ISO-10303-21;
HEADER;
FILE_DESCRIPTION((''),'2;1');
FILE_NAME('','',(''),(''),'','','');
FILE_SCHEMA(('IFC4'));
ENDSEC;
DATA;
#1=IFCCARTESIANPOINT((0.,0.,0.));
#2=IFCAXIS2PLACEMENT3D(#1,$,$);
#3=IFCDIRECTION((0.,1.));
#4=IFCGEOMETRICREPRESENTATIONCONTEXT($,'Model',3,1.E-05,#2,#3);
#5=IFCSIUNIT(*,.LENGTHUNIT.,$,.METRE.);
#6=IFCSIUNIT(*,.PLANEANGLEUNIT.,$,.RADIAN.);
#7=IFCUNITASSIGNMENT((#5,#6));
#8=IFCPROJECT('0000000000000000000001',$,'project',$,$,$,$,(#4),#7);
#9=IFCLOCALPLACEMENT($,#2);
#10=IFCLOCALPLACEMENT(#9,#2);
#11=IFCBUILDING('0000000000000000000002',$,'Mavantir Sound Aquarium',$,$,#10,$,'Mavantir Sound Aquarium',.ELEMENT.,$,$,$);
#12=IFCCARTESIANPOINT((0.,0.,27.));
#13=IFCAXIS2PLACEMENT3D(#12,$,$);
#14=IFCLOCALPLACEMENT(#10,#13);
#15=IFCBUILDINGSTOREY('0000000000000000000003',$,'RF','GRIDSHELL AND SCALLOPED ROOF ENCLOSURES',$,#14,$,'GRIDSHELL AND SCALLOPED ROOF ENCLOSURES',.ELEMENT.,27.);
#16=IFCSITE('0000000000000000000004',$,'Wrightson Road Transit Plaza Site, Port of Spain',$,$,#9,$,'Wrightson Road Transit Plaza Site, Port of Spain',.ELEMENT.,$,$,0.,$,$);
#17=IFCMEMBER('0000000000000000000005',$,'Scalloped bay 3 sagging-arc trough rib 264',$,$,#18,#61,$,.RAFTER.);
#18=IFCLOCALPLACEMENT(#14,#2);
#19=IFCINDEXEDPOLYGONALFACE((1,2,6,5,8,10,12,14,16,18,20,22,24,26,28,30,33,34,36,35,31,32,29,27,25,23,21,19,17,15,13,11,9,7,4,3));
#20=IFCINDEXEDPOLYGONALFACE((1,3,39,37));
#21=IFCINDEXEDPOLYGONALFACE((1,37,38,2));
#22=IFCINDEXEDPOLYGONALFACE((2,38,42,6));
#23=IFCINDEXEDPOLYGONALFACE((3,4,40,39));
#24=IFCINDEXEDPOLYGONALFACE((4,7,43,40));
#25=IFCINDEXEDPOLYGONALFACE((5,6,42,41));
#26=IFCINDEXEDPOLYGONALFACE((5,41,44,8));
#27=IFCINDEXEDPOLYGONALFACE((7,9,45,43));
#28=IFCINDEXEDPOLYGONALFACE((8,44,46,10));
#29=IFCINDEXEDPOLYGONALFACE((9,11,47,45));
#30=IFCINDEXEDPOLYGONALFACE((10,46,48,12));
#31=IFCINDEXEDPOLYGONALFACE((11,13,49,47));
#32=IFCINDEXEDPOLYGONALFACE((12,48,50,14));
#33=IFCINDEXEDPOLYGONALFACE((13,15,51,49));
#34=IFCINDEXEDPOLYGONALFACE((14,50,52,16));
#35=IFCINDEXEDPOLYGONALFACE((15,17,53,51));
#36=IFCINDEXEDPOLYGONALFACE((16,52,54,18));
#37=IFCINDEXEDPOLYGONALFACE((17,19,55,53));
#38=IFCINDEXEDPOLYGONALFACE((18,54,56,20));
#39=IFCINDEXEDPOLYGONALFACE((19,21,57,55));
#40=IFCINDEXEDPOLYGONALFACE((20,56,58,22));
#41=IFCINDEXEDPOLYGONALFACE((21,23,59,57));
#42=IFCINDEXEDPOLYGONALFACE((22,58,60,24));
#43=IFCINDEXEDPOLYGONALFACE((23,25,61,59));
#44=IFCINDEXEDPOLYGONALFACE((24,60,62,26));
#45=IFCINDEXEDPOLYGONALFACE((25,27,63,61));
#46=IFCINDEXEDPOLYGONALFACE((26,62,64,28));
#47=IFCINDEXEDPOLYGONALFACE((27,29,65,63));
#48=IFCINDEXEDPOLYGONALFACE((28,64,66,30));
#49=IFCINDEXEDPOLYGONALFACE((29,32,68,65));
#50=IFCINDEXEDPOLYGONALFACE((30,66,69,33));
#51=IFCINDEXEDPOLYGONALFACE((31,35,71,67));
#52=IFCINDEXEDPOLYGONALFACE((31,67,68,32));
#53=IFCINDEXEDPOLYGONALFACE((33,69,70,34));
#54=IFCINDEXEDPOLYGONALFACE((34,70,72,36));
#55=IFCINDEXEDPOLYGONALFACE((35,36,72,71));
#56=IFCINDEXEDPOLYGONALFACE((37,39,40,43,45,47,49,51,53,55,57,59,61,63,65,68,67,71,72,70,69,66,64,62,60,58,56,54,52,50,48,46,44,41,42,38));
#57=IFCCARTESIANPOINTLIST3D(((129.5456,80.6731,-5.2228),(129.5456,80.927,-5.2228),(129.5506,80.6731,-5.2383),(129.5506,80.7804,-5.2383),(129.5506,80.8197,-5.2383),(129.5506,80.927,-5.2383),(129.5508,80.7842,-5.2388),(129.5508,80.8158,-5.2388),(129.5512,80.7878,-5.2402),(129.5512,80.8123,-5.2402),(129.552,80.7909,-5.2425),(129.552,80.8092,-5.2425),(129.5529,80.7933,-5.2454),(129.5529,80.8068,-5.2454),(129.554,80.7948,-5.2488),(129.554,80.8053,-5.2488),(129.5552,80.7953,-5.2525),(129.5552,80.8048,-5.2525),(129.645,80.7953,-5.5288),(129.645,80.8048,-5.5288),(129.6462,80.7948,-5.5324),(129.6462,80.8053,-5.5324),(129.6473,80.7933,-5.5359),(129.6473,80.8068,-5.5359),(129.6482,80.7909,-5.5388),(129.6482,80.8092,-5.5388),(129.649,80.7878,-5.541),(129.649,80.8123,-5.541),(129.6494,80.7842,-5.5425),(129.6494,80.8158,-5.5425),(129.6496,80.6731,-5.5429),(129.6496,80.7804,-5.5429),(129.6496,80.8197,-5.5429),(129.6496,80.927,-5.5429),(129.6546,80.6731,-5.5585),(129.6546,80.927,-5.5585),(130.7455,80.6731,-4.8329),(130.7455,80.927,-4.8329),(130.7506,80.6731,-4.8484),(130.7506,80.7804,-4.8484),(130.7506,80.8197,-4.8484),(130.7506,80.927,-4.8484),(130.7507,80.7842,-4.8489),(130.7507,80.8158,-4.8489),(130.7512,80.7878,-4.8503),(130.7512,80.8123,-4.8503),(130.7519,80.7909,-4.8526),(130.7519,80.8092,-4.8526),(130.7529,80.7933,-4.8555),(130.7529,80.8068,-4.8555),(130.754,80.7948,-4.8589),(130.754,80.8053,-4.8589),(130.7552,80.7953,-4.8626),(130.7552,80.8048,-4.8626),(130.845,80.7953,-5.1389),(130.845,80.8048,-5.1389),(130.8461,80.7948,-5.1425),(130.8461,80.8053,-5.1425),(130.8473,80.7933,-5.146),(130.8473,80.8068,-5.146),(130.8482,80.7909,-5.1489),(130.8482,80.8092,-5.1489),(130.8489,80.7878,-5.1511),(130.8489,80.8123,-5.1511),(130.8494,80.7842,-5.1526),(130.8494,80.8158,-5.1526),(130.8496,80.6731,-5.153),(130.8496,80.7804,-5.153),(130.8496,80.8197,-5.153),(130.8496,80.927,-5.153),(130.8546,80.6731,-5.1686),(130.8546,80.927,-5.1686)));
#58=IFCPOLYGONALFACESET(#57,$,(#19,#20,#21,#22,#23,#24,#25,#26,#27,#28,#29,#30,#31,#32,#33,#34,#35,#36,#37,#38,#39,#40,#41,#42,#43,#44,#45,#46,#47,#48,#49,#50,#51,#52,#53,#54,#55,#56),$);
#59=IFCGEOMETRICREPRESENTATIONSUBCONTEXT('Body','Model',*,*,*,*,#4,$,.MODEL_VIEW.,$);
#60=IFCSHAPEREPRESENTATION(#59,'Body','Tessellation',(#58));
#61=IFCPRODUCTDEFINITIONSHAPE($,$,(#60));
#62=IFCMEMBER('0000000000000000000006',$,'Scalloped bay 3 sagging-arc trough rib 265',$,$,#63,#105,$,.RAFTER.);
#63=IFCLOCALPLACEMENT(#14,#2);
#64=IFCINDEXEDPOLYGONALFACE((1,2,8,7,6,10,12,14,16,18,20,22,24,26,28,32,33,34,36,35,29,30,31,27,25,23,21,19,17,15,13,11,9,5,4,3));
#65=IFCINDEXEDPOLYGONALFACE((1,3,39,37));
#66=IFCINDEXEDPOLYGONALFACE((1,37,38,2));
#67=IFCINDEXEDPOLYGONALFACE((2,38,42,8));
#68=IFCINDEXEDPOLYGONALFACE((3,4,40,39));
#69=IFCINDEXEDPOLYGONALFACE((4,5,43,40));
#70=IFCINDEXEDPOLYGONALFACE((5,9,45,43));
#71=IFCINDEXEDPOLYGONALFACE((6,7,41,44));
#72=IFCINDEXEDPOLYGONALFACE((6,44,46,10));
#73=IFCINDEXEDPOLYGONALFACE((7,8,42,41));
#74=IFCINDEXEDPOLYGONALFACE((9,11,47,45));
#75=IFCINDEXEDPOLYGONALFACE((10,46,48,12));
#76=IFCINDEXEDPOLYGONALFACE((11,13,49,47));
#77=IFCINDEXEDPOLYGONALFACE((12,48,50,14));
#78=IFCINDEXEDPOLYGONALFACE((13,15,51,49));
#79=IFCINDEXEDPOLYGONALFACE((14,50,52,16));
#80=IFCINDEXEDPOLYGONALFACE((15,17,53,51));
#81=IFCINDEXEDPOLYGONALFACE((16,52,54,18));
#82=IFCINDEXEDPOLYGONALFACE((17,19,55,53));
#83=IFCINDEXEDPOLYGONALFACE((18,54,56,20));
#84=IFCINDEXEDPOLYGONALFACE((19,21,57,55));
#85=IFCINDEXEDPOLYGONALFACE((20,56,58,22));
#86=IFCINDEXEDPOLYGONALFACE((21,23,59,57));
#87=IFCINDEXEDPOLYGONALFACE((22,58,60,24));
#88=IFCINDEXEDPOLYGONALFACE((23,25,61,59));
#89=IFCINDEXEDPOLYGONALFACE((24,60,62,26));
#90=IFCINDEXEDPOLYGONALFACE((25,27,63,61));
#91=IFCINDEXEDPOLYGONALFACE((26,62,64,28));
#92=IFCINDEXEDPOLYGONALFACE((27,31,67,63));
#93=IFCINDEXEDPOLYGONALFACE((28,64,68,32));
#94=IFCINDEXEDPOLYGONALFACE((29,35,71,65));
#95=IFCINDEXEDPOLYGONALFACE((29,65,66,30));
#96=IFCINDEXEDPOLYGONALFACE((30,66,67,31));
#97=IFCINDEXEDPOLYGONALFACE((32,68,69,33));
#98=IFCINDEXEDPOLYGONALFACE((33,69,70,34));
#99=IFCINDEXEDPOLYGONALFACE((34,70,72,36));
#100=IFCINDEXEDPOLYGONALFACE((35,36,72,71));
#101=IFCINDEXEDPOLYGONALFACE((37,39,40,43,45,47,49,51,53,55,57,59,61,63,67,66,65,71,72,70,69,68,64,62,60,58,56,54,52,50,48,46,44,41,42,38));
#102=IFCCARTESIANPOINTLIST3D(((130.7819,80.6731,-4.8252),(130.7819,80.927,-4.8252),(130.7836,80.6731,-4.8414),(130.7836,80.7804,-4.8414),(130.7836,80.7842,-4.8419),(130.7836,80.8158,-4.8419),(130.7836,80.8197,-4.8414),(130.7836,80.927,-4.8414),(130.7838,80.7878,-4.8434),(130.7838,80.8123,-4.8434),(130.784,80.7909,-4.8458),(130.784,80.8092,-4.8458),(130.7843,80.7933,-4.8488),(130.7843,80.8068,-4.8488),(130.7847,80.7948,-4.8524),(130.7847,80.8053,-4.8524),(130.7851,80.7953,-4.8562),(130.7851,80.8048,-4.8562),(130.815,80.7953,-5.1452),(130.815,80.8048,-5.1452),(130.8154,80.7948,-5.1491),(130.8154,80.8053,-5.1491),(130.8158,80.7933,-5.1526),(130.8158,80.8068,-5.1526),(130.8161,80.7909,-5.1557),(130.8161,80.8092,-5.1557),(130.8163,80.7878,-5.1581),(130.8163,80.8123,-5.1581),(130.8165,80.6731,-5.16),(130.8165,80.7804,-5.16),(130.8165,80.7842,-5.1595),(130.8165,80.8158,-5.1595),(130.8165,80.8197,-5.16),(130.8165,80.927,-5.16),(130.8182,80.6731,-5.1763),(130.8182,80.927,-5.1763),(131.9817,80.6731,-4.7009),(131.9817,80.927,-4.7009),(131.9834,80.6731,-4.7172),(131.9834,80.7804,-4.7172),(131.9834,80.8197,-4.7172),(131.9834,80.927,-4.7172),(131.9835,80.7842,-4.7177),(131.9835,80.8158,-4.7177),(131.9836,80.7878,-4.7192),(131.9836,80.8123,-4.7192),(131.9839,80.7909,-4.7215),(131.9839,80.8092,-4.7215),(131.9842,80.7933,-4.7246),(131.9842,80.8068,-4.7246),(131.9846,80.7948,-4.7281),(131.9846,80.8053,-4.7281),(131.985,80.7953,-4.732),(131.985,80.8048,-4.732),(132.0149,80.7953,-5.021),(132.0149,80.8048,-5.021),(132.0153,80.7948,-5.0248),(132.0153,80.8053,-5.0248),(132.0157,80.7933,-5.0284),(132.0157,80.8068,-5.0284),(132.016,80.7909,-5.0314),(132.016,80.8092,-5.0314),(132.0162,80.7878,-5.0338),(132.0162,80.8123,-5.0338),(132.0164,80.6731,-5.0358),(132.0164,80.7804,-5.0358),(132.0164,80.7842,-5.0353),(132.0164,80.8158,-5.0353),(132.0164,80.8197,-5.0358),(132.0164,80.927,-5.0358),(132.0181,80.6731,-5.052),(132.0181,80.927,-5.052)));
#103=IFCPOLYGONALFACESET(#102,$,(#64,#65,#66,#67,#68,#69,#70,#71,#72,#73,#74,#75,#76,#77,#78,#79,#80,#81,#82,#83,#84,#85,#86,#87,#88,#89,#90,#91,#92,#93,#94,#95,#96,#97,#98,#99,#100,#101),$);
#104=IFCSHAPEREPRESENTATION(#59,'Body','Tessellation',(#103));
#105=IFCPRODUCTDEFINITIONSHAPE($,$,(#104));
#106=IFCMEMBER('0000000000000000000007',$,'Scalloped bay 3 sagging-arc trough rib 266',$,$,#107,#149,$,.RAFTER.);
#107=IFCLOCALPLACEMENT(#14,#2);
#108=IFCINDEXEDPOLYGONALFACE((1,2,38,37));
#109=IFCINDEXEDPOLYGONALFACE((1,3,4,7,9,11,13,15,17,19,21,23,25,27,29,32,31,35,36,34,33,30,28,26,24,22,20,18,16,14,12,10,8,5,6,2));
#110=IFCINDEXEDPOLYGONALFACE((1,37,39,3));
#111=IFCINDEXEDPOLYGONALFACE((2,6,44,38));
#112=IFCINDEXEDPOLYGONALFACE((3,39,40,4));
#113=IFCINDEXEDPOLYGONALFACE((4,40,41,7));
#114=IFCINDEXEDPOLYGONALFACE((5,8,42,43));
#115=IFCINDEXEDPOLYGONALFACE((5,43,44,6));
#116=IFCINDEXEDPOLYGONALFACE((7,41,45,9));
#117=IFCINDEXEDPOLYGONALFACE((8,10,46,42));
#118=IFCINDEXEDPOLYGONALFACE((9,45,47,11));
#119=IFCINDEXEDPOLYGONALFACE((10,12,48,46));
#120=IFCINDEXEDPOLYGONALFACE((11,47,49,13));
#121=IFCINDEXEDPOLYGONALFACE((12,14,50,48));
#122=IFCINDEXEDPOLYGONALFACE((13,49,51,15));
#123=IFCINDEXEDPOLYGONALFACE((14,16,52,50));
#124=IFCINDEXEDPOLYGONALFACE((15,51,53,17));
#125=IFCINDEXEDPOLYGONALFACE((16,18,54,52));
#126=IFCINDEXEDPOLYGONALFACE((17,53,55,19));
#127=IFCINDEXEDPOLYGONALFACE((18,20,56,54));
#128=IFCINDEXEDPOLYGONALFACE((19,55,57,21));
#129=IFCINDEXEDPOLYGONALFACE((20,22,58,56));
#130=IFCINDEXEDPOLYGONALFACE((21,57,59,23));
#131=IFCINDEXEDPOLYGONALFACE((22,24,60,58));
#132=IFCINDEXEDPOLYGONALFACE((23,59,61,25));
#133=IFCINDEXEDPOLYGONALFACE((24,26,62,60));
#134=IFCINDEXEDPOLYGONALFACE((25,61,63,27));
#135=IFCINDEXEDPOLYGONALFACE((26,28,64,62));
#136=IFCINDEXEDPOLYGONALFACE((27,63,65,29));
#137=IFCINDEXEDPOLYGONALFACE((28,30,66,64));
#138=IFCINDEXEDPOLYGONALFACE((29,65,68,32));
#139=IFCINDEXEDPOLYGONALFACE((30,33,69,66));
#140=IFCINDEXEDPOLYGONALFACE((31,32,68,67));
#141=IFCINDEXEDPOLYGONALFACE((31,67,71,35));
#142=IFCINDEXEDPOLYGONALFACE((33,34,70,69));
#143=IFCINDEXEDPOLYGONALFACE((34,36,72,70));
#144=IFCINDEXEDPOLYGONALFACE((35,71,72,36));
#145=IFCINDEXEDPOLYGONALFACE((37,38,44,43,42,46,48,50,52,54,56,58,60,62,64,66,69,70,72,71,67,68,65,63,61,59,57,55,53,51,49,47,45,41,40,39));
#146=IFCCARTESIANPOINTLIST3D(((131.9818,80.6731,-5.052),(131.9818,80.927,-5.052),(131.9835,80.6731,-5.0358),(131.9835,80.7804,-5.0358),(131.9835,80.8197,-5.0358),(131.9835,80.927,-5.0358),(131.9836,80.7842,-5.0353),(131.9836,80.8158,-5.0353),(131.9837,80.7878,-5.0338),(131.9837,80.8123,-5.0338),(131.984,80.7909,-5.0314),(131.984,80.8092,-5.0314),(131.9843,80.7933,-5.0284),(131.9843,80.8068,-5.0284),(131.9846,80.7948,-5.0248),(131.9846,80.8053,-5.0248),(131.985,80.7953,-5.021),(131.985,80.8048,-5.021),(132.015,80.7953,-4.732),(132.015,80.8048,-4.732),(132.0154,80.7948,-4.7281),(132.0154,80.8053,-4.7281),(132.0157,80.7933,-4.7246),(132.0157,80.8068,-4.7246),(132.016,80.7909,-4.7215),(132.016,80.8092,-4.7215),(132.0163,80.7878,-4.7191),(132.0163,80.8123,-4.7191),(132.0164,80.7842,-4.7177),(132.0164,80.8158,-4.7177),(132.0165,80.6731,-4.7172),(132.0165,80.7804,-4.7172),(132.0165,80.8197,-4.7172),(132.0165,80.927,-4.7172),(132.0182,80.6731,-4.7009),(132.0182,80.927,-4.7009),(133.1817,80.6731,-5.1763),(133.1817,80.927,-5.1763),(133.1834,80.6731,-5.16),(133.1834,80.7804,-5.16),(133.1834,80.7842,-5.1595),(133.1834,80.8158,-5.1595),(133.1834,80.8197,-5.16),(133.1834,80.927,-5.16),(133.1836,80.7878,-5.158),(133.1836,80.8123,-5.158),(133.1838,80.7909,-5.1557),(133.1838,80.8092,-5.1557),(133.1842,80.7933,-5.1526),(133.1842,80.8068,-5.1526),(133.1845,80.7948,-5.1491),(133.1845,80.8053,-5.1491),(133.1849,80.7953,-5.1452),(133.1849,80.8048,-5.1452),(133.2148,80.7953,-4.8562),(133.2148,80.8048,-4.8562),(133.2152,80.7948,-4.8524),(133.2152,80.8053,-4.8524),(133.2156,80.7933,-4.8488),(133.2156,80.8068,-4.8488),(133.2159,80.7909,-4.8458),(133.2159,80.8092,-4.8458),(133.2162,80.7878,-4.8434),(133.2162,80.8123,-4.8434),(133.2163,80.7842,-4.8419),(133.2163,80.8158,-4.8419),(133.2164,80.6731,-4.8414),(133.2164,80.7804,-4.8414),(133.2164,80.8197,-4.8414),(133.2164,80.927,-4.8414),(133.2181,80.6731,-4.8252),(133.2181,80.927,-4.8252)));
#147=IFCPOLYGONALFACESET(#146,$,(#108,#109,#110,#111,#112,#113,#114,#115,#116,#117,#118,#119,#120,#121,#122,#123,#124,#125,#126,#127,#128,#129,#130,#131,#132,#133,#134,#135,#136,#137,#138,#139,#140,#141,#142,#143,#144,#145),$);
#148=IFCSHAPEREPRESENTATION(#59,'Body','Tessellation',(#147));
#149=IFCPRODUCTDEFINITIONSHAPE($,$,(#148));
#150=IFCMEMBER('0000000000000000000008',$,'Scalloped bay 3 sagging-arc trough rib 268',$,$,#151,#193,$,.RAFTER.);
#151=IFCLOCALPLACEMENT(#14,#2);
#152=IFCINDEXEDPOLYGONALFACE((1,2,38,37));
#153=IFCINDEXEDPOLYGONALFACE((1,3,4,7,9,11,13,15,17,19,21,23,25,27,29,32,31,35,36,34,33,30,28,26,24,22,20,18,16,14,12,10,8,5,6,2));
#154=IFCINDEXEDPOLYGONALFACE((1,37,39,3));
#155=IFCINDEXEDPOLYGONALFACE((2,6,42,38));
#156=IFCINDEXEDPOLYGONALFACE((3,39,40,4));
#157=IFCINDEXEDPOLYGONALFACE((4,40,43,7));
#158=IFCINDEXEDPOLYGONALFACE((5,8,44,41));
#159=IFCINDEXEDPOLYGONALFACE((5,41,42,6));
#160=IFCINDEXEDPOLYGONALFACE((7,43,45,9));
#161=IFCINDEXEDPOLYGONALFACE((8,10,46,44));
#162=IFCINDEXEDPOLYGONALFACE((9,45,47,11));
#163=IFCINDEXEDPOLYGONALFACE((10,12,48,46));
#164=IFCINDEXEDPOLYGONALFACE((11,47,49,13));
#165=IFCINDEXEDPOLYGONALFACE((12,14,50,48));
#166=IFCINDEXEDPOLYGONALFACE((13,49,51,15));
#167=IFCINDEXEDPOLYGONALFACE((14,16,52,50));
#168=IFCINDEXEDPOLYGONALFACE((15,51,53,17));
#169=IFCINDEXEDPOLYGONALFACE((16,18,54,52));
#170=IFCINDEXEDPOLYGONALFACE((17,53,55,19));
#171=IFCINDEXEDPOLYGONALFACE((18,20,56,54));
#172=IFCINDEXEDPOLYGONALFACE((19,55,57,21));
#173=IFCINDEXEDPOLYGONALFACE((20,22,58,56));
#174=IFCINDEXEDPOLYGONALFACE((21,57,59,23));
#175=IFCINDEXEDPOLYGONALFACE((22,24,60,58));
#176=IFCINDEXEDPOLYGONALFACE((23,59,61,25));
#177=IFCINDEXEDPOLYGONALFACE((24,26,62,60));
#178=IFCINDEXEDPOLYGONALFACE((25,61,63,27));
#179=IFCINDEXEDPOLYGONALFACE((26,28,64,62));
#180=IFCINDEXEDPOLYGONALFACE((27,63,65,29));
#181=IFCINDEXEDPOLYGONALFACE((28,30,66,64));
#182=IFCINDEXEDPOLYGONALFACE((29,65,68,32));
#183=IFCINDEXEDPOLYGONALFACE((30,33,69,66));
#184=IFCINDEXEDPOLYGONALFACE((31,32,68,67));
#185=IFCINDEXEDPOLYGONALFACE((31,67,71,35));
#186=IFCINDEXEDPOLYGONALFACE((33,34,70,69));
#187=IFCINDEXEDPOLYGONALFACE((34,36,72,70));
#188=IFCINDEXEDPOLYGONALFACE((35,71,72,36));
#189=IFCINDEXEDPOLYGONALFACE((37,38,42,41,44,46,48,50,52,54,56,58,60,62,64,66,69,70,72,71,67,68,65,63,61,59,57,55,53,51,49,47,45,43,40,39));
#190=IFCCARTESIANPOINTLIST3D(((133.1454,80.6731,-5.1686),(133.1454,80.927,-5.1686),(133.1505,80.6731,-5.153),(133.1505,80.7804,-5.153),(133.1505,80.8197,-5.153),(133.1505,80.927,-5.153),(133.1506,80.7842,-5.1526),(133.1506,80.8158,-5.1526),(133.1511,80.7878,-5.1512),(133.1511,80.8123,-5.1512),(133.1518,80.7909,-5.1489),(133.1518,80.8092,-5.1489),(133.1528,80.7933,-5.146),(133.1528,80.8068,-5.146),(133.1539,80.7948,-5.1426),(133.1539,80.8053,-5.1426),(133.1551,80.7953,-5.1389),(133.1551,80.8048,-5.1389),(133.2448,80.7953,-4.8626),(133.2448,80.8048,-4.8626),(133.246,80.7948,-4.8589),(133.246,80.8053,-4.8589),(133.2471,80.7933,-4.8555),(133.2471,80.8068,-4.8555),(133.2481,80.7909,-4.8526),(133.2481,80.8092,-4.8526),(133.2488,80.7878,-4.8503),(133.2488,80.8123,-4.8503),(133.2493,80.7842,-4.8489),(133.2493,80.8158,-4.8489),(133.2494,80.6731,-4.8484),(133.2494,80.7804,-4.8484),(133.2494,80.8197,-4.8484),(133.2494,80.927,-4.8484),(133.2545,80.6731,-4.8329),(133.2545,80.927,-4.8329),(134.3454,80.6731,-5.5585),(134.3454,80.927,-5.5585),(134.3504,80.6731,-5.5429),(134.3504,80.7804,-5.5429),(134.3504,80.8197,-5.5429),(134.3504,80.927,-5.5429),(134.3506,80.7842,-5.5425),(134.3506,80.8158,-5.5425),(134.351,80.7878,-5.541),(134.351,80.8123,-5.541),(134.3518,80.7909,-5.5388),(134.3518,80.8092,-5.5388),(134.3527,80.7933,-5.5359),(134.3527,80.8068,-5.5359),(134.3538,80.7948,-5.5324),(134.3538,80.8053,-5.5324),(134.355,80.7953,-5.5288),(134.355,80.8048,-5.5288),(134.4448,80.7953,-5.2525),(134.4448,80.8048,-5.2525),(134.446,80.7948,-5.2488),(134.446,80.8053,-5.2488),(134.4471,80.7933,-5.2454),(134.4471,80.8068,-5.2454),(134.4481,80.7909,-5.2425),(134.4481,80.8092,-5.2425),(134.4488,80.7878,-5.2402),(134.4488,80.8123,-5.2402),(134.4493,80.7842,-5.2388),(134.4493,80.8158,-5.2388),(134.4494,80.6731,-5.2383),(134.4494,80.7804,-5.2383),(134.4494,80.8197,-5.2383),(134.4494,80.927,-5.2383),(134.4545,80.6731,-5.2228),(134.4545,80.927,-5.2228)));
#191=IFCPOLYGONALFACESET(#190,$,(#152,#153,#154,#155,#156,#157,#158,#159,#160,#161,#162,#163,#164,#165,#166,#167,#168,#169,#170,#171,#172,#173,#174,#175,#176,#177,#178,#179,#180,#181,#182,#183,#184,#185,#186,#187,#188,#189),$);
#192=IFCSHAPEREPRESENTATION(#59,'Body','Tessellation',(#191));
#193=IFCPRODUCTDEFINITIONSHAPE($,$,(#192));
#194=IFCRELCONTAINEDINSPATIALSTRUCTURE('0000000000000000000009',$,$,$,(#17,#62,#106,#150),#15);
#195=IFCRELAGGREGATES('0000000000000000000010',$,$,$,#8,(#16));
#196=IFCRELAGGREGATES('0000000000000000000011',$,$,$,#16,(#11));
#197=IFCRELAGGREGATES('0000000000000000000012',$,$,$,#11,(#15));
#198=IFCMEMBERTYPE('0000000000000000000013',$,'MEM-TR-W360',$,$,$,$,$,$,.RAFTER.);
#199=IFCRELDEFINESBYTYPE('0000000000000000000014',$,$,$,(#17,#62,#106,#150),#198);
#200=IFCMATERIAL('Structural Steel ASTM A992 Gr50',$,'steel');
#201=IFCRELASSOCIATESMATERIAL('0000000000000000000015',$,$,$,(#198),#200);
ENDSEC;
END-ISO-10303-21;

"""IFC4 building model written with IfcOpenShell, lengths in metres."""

from ifc_helpers import new_model, si_unit, direction, frame, origin, origin_2d, place, context, subcontext, project, spatial, i_section, extrude, material, material_profile, profile_set, type_object, element, save


model = new_model("IFC4")

# Units and contexts
model_context = context("Model", 3, precision=1e-05, world=origin(), true_north=direction((0.0, 1.0)))
body_context = subcontext(model_context, "Body", "Model", "MODEL_VIEW")
ifc_project = project(units=[si_unit("LENGTHUNIT", "METRE"), si_unit("PLANEANGLEUNIT", "RADIAN")], contexts=[model_context])

# Site, building, storey
site_placement = place(None, origin())
site = spatial("IfcSite", under=ifc_project, at=site_placement, Name="Wrightson Road Transit Plaza Site, Port of Spain", LongName="Wrightson Road Transit Plaza Site, Port of Spain", CompositionType="ELEMENT", RefElevation=0.0)
building_placement = place(site_placement, origin())
building = spatial("IfcBuilding", under=site, at=building_placement, Name="Mavantir Sound Aquarium", LongName="Mavantir Sound Aquarium", CompositionType="ELEMENT")
storey_placement = place(building_placement, frame((0.0, 0.0, 27.0)))
storey = spatial("IfcBuildingStorey", under=building, at=storey_placement, Name="RF", Description="GRIDSHELL AND SCALLOPED ROOF ENCLOSURES", LongName="GRIDSHELL AND SCALLOPED ROOF ENCLOSURES", CompositionType="ELEMENT", Elevation=27.0)

# Shared definitions
ifc_material_1 = material(Name="Structural Steel ASTM A992 Gr50", Category="steel")

# Members
ifc_material_profile_1 = material_profile(ifc_material_1, i_section(OverallWidth=0.2539, OverallDepth=0.353, WebThickness=0.0095, FlangeThickness=0.0164, FilletRadius=0.0149, at=origin_2d()), Name="W360X91")
ifc_profile_set_1 = profile_set([ifc_material_profile_1], Name="Structural Steel ASTM A992 Gr50")
member_type_1 = type_object("IfcMemberType", Name="MEM-TR-W360", PredefinedType="RAFTER", material=ifc_profile_set_1)
member_1_placement = place(storey_placement, frame((129.6001, 80.8, -5.3906), z_axis=(0.951055, 0.0, 0.30902), x_axis=(0.0, 1.0, 0.0)))
element("IfcMember", 1, at=member_1_placement, inside=storey, type_object=member_type_1, Name="Scalloped bay 3 sagging-arc trough rib 264", PredefinedType="RAFTER", context=body_context, shape_type="SweptSolid", body=[
    extrude(i_section(OverallWidth=0.2539, OverallDepth=0.353, WebThickness=0.0095, FlangeThickness=0.0164, FilletRadius=0.0149, at=origin_2d()), origin(), (0.0, 0.0, 1.0), 1.2617),
])
for number, where, z_axis, x_axis, name in (
    (2, (130.8, 80.8, -5.0007), (0.99468, 0.0, 0.10301), (0.0, 1.0, 0.0), "Scalloped bay 3 sagging-arc trough rib 265"),
    (3, (132.0, 80.8, -4.8765), (0.99468, 0.0, -0.10301), (0.0, 1.0, 0.0), "Scalloped bay 3 sagging-arc trough rib 266"),
):
    element("IfcMember", number, at=place(storey_placement, frame(where, z_axis=z_axis, x_axis=x_axis)), inside=storey, type_object=member_type_1, Name=name, PredefinedType="RAFTER", context=body_context, shape_type="SweptSolid", body=[
        extrude(i_section(OverallWidth=0.2539, OverallDepth=0.353, WebThickness=0.0095, FlangeThickness=0.0164, FilletRadius=0.0149, at=origin_2d()), origin(), (0.0, 0.0, 1.0), 1.2063),
    ])
member_2_placement = place(storey_placement, frame((133.2, 80.8, -5.0007), z_axis=(0.951055, 0.0, -0.30902), x_axis=(0.0, 1.0, 0.0)))
element("IfcMember", 4, at=member_2_placement, inside=storey, type_object=member_type_1, Name="Scalloped bay 3 sagging-arc trough rib 268", PredefinedType="RAFTER", context=body_context, shape_type="SweptSolid", body=[
    extrude(i_section(OverallWidth=0.2539, OverallDepth=0.353, WebThickness=0.0095, FlangeThickness=0.0164, FilletRadius=0.0149, at=origin_2d()), origin(), (0.0, 0.0, 1.0), 1.2617),
])

save(model, "model.ifc")
